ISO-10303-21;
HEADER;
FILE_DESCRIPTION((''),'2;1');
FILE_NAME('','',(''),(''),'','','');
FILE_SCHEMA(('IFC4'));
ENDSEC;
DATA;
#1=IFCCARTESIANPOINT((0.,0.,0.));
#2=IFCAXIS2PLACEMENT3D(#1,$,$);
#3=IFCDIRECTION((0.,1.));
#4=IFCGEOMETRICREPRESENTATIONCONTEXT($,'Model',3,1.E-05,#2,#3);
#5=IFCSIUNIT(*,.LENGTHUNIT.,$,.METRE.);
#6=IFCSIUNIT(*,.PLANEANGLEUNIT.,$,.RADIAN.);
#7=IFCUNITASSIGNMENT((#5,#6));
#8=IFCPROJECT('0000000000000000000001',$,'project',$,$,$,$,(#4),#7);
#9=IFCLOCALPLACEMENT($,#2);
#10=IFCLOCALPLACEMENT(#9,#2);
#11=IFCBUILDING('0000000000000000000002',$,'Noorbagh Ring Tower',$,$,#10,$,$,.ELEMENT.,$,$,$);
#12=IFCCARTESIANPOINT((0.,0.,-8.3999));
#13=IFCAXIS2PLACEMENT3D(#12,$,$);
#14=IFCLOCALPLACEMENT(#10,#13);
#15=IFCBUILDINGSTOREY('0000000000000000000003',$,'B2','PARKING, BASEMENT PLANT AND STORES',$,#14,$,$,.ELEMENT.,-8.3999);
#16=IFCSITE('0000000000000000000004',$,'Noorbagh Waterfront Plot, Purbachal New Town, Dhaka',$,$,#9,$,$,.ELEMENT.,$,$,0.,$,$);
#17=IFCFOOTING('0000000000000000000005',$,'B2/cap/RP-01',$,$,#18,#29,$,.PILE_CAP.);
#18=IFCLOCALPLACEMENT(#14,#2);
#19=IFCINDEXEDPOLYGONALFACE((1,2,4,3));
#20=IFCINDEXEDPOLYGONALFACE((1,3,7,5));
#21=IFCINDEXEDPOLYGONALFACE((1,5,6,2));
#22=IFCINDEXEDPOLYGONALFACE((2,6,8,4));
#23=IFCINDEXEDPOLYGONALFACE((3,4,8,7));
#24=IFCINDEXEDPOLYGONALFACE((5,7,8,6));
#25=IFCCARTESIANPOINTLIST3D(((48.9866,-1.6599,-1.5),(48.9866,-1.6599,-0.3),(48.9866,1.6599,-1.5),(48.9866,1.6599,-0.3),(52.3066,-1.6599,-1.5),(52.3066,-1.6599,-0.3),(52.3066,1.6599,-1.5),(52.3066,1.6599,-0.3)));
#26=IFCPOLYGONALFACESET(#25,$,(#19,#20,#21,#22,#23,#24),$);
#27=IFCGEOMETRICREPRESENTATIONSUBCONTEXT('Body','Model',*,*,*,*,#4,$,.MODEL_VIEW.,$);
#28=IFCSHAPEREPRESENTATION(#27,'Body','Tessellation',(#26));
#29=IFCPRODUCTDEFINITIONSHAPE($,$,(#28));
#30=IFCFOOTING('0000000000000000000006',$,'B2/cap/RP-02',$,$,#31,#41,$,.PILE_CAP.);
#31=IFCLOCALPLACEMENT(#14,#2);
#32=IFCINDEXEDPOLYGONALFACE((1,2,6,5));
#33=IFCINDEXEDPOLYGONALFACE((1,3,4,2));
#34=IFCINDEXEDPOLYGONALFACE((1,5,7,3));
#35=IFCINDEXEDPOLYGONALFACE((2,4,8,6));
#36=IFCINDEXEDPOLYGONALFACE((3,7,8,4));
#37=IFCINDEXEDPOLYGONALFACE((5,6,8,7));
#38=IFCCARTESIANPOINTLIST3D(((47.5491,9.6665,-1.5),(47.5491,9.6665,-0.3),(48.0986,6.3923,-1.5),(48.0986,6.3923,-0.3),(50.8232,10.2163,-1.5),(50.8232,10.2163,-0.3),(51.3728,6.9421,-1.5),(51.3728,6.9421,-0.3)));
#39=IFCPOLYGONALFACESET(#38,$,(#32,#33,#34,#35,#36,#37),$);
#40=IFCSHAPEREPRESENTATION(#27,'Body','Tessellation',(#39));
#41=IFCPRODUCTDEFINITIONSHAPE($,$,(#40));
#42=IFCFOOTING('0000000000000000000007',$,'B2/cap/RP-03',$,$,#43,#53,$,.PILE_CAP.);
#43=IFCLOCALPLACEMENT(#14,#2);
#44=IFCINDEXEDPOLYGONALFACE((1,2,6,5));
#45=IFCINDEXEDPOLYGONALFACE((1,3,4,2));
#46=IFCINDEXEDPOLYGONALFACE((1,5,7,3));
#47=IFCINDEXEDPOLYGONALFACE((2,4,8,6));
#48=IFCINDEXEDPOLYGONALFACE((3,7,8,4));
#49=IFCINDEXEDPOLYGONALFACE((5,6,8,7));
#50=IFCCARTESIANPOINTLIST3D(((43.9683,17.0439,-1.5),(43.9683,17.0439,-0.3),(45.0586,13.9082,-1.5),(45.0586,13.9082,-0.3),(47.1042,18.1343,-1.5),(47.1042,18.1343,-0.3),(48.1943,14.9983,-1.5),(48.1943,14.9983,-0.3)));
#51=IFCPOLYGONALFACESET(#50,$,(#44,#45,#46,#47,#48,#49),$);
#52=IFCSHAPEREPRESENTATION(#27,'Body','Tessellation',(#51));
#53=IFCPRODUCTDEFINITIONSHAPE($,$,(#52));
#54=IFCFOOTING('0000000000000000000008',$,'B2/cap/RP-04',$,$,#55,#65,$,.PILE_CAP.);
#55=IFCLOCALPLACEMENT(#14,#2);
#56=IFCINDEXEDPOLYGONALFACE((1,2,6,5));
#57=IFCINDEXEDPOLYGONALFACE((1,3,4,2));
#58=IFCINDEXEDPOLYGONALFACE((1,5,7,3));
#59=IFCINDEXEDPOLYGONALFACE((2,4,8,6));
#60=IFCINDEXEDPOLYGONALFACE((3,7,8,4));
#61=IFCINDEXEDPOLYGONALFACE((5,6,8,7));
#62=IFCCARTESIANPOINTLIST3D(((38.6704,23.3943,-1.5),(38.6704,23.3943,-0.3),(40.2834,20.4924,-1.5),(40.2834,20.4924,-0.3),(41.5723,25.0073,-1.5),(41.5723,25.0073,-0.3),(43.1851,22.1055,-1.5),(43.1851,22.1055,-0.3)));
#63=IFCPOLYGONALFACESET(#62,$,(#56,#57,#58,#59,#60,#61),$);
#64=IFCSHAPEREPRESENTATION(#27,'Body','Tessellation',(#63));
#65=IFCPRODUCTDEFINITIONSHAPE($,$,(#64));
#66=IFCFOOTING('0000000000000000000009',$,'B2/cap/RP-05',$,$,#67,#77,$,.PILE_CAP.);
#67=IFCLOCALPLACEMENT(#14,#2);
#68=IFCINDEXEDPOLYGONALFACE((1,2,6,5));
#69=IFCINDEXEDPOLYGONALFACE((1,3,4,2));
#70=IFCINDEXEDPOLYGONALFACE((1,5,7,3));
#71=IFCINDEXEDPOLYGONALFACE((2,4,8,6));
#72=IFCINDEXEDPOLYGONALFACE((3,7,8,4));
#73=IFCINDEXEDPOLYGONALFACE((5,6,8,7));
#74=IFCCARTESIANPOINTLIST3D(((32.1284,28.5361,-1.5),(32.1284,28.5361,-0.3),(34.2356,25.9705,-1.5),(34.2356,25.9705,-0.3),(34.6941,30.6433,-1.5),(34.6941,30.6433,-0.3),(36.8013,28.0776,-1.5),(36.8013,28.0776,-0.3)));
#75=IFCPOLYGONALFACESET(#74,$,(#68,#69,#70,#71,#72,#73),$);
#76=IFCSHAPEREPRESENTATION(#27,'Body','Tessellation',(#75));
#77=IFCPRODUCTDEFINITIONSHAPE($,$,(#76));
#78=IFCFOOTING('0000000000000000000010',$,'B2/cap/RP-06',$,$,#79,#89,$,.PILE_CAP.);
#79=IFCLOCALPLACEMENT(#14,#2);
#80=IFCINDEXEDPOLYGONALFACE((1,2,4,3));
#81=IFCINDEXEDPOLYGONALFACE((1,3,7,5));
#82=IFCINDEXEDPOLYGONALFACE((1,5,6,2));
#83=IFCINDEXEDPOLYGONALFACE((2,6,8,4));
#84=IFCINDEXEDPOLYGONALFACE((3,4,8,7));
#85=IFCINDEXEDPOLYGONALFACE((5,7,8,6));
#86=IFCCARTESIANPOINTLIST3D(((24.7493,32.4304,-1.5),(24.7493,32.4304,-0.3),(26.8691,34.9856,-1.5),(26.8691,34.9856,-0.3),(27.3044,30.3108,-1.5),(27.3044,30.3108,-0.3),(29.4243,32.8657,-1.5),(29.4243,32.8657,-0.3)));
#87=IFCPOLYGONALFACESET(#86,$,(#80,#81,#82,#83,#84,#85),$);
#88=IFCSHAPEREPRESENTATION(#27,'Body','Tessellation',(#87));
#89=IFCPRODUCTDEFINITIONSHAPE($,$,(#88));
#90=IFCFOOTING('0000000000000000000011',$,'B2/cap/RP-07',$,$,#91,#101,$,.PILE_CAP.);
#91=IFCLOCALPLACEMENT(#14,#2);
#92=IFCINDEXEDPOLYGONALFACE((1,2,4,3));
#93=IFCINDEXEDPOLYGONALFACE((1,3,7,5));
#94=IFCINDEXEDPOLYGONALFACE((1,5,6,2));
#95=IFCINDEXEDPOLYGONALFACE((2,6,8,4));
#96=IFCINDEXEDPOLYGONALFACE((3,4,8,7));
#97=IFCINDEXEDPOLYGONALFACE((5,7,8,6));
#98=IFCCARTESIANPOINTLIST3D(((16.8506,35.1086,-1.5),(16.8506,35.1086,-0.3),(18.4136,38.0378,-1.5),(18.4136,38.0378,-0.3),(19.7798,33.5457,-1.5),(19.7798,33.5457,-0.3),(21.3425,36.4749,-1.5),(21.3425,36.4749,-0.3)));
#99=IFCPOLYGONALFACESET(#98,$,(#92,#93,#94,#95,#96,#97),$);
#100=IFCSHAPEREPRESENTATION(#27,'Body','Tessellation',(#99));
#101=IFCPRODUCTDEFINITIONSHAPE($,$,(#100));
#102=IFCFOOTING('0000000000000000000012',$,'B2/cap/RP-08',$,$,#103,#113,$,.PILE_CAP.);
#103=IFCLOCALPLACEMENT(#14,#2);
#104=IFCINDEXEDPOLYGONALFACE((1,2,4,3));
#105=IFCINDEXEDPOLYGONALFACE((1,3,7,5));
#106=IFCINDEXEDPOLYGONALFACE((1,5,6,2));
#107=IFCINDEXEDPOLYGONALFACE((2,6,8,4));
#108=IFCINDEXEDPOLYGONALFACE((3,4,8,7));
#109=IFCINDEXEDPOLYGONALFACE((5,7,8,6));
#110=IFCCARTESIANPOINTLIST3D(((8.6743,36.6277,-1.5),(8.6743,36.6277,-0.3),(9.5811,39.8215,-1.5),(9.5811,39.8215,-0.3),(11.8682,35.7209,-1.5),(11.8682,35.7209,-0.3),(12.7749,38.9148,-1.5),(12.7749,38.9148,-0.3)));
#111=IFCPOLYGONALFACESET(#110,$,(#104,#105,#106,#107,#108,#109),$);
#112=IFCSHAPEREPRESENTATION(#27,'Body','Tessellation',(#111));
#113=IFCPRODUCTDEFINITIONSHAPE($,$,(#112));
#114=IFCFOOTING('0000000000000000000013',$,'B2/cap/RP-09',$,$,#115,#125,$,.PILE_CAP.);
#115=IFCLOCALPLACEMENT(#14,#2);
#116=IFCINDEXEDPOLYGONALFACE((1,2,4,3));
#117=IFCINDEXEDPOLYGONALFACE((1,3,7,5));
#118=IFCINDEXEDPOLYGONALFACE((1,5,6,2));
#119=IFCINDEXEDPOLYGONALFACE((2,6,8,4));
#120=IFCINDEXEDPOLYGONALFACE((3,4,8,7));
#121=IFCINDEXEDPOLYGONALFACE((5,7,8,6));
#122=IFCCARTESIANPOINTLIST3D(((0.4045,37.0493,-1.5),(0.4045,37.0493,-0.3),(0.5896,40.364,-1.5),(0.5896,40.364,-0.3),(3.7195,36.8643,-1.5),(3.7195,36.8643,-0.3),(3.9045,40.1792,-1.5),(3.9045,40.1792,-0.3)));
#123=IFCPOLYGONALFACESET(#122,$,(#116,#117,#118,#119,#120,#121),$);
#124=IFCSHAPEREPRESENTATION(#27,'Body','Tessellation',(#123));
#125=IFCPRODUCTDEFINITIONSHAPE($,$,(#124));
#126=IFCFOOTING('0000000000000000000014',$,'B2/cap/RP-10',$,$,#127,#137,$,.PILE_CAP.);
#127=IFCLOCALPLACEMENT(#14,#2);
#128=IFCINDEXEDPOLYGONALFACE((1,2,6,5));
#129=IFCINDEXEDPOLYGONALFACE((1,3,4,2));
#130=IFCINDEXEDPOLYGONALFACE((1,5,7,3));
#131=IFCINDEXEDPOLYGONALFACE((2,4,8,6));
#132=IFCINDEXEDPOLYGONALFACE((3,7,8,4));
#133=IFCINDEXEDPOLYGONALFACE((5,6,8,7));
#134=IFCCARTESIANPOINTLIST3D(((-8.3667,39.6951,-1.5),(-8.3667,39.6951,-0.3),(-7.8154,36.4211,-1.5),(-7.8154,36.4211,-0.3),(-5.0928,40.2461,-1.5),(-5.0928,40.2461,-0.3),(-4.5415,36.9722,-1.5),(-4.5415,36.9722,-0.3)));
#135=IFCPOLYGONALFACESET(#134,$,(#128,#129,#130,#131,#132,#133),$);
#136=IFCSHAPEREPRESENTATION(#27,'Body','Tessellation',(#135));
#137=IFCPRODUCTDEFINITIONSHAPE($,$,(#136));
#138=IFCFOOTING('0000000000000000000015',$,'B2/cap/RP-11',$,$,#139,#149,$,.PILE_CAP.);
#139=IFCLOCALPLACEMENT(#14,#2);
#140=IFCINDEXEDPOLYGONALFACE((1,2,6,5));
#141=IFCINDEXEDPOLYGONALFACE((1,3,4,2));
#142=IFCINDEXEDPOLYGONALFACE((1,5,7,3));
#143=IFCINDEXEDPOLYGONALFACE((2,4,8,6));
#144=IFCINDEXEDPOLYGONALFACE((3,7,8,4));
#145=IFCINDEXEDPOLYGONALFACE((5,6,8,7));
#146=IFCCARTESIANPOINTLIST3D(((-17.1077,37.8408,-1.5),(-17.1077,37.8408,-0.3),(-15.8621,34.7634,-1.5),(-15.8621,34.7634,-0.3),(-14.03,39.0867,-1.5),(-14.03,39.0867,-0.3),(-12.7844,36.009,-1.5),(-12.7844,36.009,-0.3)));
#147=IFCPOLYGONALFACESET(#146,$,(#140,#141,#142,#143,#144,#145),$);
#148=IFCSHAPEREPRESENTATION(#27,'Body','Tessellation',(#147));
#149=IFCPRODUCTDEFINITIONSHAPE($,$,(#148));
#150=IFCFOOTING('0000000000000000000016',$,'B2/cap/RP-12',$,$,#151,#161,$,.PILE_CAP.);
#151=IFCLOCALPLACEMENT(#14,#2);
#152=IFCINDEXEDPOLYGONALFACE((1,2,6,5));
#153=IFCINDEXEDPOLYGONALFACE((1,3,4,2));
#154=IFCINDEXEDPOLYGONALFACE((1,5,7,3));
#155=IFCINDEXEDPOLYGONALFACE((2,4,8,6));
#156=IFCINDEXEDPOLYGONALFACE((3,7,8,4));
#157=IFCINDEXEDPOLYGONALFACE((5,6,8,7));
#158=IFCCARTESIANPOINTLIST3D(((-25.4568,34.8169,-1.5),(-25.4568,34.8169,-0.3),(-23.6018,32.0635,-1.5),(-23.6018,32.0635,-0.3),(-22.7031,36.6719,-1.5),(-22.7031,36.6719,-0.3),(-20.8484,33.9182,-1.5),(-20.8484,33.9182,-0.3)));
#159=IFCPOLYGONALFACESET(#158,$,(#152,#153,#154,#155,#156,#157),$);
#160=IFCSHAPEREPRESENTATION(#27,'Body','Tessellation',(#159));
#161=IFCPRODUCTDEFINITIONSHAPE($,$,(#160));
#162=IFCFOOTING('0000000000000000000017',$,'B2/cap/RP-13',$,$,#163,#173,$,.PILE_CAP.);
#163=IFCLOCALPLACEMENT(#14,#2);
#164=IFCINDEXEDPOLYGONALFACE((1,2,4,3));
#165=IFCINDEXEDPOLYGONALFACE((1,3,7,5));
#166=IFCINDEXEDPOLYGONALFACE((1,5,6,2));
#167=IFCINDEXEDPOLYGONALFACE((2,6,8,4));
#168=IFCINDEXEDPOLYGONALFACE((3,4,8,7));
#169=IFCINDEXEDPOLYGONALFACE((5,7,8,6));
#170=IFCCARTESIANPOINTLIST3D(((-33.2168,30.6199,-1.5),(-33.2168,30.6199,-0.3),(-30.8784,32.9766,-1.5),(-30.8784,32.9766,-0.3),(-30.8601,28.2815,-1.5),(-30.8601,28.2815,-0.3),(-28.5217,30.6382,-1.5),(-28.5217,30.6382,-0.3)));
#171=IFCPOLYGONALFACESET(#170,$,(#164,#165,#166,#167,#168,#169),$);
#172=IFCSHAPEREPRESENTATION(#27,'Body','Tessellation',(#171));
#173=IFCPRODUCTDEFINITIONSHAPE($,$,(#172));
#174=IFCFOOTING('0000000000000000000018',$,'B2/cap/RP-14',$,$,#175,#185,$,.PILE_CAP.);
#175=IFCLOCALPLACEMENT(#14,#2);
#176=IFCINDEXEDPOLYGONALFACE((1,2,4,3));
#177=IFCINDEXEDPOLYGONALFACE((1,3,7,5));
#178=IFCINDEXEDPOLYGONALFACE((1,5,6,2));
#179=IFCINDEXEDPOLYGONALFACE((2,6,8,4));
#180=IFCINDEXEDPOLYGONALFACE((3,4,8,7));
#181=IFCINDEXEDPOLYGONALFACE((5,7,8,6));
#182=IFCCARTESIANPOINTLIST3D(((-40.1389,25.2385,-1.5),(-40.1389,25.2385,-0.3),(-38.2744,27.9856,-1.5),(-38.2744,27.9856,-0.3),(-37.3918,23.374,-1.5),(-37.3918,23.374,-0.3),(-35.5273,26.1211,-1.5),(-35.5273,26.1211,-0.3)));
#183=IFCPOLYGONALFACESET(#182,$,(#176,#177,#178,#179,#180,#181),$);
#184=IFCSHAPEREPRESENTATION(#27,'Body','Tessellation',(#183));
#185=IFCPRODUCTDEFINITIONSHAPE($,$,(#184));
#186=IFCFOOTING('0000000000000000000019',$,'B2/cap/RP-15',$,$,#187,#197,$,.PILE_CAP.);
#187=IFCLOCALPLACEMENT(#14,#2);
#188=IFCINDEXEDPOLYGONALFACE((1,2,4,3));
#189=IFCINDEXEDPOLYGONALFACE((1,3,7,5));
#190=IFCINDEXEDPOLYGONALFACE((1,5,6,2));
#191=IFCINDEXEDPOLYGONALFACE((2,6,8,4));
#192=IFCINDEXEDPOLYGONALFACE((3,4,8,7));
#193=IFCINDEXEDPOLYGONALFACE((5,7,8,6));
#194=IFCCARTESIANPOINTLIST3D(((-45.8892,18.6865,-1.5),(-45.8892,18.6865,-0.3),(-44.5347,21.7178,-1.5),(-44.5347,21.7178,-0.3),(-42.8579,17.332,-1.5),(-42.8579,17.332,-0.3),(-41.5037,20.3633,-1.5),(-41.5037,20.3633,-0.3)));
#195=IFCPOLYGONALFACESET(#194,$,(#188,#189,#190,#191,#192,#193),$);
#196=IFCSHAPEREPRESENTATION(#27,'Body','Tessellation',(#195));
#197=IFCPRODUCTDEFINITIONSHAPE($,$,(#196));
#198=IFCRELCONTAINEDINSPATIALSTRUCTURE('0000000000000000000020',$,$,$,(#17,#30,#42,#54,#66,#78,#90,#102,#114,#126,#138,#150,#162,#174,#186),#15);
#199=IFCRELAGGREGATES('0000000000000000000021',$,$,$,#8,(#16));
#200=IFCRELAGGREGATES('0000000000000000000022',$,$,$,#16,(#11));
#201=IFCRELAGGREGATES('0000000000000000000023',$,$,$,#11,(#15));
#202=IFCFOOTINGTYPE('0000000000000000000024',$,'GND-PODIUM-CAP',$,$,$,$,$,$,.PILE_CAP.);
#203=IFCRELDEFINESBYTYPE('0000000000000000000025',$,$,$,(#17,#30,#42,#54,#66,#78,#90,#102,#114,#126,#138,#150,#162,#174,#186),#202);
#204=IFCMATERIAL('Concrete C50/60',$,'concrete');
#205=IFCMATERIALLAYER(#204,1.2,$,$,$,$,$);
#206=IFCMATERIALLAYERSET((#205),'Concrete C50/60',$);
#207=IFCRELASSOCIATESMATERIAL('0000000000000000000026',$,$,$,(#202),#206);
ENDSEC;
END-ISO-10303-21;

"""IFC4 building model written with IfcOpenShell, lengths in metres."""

from ifc_helpers import new_model, si_unit, direction, frame, origin, place, context, subcontext, project, spatial, polyline, outline, extrude, material, layer, layer_set, type_object, element, save


model = new_model("IFC4")

# Units and contexts
model_context = context("Model", 3, precision=1e-05, world=origin(), true_north=direction((0.0, 1.0)))
body_context = subcontext(model_context, "Body", "Model", "MODEL_VIEW")
ifc_project = project(units=[si_unit("LENGTHUNIT", "METRE"), si_unit("PLANEANGLEUNIT", "RADIAN")], contexts=[model_context])

# Site, building, storey
site_placement = place(None, origin())
site = spatial("IfcSite", under=ifc_project, at=site_placement, Name="Noorbagh Waterfront Plot, Purbachal New Town, Dhaka", CompositionType="ELEMENT", RefElevation=0.0)
building_placement = place(site_placement, origin())
building = spatial("IfcBuilding", under=site, at=building_placement, Name="Noorbagh Ring Tower", CompositionType="ELEMENT")
storey_placement = place(building_placement, frame((0.0, 0.0, -8.3999)))
storey = spatial("IfcBuildingStorey", under=building, at=storey_placement, Name="B2", Description="PARKING, BASEMENT PLANT AND STORES", CompositionType="ELEMENT", Elevation=-8.3999)

# Footings
ifc_material = material(Name="Concrete C50/60", Category="concrete")
ifc_layer = layer(ifc_material, 1.2)
ifc_layer_set = layer_set([ifc_layer], Name="Concrete C50/60")
footing_type = type_object("IfcFootingType", Name="GND-PODIUM-CAP", PredefinedType="PILE_CAP", material=ifc_layer_set)
footing_1_placement = place(storey_placement, frame((0.0, 0.0, -1.5)))
element("IfcFooting", 1, at=footing_1_placement, inside=storey, type_object=footing_type, Name="B2/cap/RP-01", PredefinedType="PILE_CAP", context=body_context, shape_type="SweptSolid", body=[
    extrude(outline(polyline([(48.9866, -1.6599), (52.3066, -1.6599), (52.3066, 1.6599), (48.9866, 1.6599), (48.9866, -1.6599)])), origin(), (0.0, 0.0, 1.0), 1.2),
])
footing_2_placement = place(storey_placement, frame((0.0, 0.0, -1.5)))
element("IfcFooting", 2, at=footing_2_placement, inside=storey, type_object=footing_type, Name="B2/cap/RP-02", PredefinedType="PILE_CAP", context=body_context, shape_type="SweptSolid", body=[
    extrude(outline(polyline([(48.0986, 6.3923), (51.3728, 6.9421), (50.8232, 10.2163), (47.5491, 9.6665), (48.0986, 6.3923)])), origin(), (0.0, 0.0, 1.0), 1.2),
])
footing_3_placement = place(storey_placement, frame((0.0, 0.0, -1.5)))
element("IfcFooting", 3, at=footing_3_placement, inside=storey, type_object=footing_type, Name="B2/cap/RP-03", PredefinedType="PILE_CAP", context=body_context, shape_type="SweptSolid", body=[
    extrude(outline(polyline([(45.0586, 13.9082), (48.1943, 14.9983), (47.1042, 18.1343), (43.9683, 17.0439), (45.0586, 13.9082)])), origin(), (0.0, 0.0, 1.0), 1.2),
])
footing_4_placement = place(storey_placement, frame((0.0, 0.0, -1.5)))
element("IfcFooting", 4, at=footing_4_placement, inside=storey, type_object=footing_type, Name="B2/cap/RP-04", PredefinedType="PILE_CAP", context=body_context, shape_type="SweptSolid", body=[
    extrude(outline(polyline([(40.2834, 20.4924), (43.1851, 22.1055), (41.5723, 25.0073), (38.6704, 23.3943), (40.2834, 20.4924)])), origin(), (0.0, 0.0, 1.0), 1.2),
])
footing_5_placement = place(storey_placement, frame((0.0, 0.0, -1.5)))
element("IfcFooting", 5, at=footing_5_placement, inside=storey, type_object=footing_type, Name="B2/cap/RP-05", PredefinedType="PILE_CAP", context=body_context, shape_type="SweptSolid", body=[
    extrude(outline(polyline([(34.2356, 25.9705), (36.8013, 28.0776), (34.6941, 30.6433), (32.1284, 28.5361), (34.2356, 25.9705)])), origin(), (0.0, 0.0, 1.0), 1.2),
])
footing_6_placement = place(storey_placement, frame((0.0, 0.0, -1.5)))
element("IfcFooting", 6, at=footing_6_placement, inside=storey, type_object=footing_type, Name="B2/cap/RP-06", PredefinedType="PILE_CAP", context=body_context, shape_type="SweptSolid", body=[
    extrude(outline(polyline([(27.3044, 30.3108), (29.4243, 32.8657), (26.8691, 34.9856), (24.7493, 32.4304), (27.3044, 30.3108)])), origin(), (0.0, 0.0, 1.0), 1.2),
])
footing_7_placement = place(storey_placement, frame((0.0, 0.0, -1.5)))
element("IfcFooting", 7, at=footing_7_placement, inside=storey, type_object=footing_type, Name="B2/cap/RP-07", PredefinedType="PILE_CAP", context=body_context, shape_type="SweptSolid", body=[
    extrude(outline(polyline([(19.7798, 33.5457), (21.3425, 36.4749), (18.4136, 38.0378), (16.8506, 35.1086), (19.7798, 33.5457)])), origin(), (0.0, 0.0, 1.0), 1.2),
])
footing_8_placement = place(storey_placement, frame((0.0, 0.0, -1.5)))
element("IfcFooting", 8, at=footing_8_placement, inside=storey, type_object=footing_type, Name="B2/cap/RP-08", PredefinedType="PILE_CAP", context=body_context, shape_type="SweptSolid", body=[
    extrude(outline(polyline([(11.8682, 35.7209), (12.7749, 38.9148), (9.5811, 39.8215), (8.6743, 36.6277), (11.8682, 35.7209)])), origin(), (0.0, 0.0, 1.0), 1.2),
])
footing_9_placement = place(storey_placement, frame((0.0, 0.0, -1.5)))
element("IfcFooting", 9, at=footing_9_placement, inside=storey, type_object=footing_type, Name="B2/cap/RP-09", PredefinedType="PILE_CAP", context=body_context, shape_type="SweptSolid", body=[
    extrude(outline(polyline([(3.7195, 36.8643), (3.9045, 40.1792), (0.5896, 40.364), (0.4045, 37.0493), (3.7195, 36.8643)])), origin(), (0.0, 0.0, 1.0), 1.2),
])
footing_10_placement = place(storey_placement, frame((0.0, 0.0, -1.5)))
element("IfcFooting", 10, at=footing_10_placement, inside=storey, type_object=footing_type, Name="B2/cap/RP-10", PredefinedType="PILE_CAP", context=body_context, shape_type="SweptSolid", body=[
    extrude(outline(polyline([(-4.5415, 36.9722), (-5.0928, 40.2461), (-8.3667, 39.6951), (-7.8154, 36.4211), (-4.5415, 36.9722)])), origin(), (0.0, 0.0, 1.0), 1.2),
])
footing_11_placement = place(storey_placement, frame((0.0, 0.0, -1.5)))
element("IfcFooting", 11, at=footing_11_placement, inside=storey, type_object=footing_type, Name="B2/cap/RP-11", PredefinedType="PILE_CAP", context=body_context, shape_type="SweptSolid", body=[
    extrude(outline(polyline([(-12.7844, 36.009), (-14.03, 39.0867), (-17.1077, 37.8408), (-15.8621, 34.7634), (-12.7844, 36.009)])), origin(), (0.0, 0.0, 1.0), 1.2),
])
footing_12_placement = place(storey_placement, frame((0.0, 0.0, -1.5)))
element("IfcFooting", 12, at=footing_12_placement, inside=storey, type_object=footing_type, Name="B2/cap/RP-12", PredefinedType="PILE_CAP", context=body_context, shape_type="SweptSolid", body=[
    extrude(outline(polyline([(-20.8484, 33.9182), (-22.7031, 36.6719), (-25.4568, 34.8169), (-23.6018, 32.0635), (-20.8484, 33.9182)])), origin(), (0.0, 0.0, 1.0), 1.2),
])
footing_13_placement = place(storey_placement, frame((0.0, 0.0, -1.5)))
element("IfcFooting", 13, at=footing_13_placement, inside=storey, type_object=footing_type, Name="B2/cap/RP-13", PredefinedType="PILE_CAP", context=body_context, shape_type="SweptSolid", body=[
    extrude(outline(polyline([(-28.5217, 30.6382), (-30.8784, 32.9766), (-33.2168, 30.6199), (-30.8601, 28.2815), (-28.5217, 30.6382)])), origin(), (0.0, 0.0, 1.0), 1.2),
])
footing_14_placement = place(storey_placement, frame((0.0, 0.0, -1.5)))
element("IfcFooting", 14, at=footing_14_placement, inside=storey, type_object=footing_type, Name="B2/cap/RP-14", PredefinedType="PILE_CAP", context=body_context, shape_type="SweptSolid", body=[
    extrude(outline(polyline([(-35.5273, 26.1211), (-38.2744, 27.9856), (-40.1389, 25.2385), (-37.3918, 23.374), (-35.5273, 26.1211)])), origin(), (0.0, 0.0, 1.0), 1.2),
])
footing_15_placement = place(storey_placement, frame((0.0, 0.0, -1.5)))
element("IfcFooting", 15, at=footing_15_placement, inside=storey, type_object=footing_type, Name="B2/cap/RP-15", PredefinedType="PILE_CAP", context=body_context, shape_type="SweptSolid", body=[
    extrude(outline(polyline([(-41.5037, 20.3633), (-44.5347, 21.7178), (-45.8892, 18.6865), (-42.8579, 17.332), (-41.5037, 20.3633)])), origin(), (0.0, 0.0, 1.0), 1.2),
])

save(model, "model.ifc")
